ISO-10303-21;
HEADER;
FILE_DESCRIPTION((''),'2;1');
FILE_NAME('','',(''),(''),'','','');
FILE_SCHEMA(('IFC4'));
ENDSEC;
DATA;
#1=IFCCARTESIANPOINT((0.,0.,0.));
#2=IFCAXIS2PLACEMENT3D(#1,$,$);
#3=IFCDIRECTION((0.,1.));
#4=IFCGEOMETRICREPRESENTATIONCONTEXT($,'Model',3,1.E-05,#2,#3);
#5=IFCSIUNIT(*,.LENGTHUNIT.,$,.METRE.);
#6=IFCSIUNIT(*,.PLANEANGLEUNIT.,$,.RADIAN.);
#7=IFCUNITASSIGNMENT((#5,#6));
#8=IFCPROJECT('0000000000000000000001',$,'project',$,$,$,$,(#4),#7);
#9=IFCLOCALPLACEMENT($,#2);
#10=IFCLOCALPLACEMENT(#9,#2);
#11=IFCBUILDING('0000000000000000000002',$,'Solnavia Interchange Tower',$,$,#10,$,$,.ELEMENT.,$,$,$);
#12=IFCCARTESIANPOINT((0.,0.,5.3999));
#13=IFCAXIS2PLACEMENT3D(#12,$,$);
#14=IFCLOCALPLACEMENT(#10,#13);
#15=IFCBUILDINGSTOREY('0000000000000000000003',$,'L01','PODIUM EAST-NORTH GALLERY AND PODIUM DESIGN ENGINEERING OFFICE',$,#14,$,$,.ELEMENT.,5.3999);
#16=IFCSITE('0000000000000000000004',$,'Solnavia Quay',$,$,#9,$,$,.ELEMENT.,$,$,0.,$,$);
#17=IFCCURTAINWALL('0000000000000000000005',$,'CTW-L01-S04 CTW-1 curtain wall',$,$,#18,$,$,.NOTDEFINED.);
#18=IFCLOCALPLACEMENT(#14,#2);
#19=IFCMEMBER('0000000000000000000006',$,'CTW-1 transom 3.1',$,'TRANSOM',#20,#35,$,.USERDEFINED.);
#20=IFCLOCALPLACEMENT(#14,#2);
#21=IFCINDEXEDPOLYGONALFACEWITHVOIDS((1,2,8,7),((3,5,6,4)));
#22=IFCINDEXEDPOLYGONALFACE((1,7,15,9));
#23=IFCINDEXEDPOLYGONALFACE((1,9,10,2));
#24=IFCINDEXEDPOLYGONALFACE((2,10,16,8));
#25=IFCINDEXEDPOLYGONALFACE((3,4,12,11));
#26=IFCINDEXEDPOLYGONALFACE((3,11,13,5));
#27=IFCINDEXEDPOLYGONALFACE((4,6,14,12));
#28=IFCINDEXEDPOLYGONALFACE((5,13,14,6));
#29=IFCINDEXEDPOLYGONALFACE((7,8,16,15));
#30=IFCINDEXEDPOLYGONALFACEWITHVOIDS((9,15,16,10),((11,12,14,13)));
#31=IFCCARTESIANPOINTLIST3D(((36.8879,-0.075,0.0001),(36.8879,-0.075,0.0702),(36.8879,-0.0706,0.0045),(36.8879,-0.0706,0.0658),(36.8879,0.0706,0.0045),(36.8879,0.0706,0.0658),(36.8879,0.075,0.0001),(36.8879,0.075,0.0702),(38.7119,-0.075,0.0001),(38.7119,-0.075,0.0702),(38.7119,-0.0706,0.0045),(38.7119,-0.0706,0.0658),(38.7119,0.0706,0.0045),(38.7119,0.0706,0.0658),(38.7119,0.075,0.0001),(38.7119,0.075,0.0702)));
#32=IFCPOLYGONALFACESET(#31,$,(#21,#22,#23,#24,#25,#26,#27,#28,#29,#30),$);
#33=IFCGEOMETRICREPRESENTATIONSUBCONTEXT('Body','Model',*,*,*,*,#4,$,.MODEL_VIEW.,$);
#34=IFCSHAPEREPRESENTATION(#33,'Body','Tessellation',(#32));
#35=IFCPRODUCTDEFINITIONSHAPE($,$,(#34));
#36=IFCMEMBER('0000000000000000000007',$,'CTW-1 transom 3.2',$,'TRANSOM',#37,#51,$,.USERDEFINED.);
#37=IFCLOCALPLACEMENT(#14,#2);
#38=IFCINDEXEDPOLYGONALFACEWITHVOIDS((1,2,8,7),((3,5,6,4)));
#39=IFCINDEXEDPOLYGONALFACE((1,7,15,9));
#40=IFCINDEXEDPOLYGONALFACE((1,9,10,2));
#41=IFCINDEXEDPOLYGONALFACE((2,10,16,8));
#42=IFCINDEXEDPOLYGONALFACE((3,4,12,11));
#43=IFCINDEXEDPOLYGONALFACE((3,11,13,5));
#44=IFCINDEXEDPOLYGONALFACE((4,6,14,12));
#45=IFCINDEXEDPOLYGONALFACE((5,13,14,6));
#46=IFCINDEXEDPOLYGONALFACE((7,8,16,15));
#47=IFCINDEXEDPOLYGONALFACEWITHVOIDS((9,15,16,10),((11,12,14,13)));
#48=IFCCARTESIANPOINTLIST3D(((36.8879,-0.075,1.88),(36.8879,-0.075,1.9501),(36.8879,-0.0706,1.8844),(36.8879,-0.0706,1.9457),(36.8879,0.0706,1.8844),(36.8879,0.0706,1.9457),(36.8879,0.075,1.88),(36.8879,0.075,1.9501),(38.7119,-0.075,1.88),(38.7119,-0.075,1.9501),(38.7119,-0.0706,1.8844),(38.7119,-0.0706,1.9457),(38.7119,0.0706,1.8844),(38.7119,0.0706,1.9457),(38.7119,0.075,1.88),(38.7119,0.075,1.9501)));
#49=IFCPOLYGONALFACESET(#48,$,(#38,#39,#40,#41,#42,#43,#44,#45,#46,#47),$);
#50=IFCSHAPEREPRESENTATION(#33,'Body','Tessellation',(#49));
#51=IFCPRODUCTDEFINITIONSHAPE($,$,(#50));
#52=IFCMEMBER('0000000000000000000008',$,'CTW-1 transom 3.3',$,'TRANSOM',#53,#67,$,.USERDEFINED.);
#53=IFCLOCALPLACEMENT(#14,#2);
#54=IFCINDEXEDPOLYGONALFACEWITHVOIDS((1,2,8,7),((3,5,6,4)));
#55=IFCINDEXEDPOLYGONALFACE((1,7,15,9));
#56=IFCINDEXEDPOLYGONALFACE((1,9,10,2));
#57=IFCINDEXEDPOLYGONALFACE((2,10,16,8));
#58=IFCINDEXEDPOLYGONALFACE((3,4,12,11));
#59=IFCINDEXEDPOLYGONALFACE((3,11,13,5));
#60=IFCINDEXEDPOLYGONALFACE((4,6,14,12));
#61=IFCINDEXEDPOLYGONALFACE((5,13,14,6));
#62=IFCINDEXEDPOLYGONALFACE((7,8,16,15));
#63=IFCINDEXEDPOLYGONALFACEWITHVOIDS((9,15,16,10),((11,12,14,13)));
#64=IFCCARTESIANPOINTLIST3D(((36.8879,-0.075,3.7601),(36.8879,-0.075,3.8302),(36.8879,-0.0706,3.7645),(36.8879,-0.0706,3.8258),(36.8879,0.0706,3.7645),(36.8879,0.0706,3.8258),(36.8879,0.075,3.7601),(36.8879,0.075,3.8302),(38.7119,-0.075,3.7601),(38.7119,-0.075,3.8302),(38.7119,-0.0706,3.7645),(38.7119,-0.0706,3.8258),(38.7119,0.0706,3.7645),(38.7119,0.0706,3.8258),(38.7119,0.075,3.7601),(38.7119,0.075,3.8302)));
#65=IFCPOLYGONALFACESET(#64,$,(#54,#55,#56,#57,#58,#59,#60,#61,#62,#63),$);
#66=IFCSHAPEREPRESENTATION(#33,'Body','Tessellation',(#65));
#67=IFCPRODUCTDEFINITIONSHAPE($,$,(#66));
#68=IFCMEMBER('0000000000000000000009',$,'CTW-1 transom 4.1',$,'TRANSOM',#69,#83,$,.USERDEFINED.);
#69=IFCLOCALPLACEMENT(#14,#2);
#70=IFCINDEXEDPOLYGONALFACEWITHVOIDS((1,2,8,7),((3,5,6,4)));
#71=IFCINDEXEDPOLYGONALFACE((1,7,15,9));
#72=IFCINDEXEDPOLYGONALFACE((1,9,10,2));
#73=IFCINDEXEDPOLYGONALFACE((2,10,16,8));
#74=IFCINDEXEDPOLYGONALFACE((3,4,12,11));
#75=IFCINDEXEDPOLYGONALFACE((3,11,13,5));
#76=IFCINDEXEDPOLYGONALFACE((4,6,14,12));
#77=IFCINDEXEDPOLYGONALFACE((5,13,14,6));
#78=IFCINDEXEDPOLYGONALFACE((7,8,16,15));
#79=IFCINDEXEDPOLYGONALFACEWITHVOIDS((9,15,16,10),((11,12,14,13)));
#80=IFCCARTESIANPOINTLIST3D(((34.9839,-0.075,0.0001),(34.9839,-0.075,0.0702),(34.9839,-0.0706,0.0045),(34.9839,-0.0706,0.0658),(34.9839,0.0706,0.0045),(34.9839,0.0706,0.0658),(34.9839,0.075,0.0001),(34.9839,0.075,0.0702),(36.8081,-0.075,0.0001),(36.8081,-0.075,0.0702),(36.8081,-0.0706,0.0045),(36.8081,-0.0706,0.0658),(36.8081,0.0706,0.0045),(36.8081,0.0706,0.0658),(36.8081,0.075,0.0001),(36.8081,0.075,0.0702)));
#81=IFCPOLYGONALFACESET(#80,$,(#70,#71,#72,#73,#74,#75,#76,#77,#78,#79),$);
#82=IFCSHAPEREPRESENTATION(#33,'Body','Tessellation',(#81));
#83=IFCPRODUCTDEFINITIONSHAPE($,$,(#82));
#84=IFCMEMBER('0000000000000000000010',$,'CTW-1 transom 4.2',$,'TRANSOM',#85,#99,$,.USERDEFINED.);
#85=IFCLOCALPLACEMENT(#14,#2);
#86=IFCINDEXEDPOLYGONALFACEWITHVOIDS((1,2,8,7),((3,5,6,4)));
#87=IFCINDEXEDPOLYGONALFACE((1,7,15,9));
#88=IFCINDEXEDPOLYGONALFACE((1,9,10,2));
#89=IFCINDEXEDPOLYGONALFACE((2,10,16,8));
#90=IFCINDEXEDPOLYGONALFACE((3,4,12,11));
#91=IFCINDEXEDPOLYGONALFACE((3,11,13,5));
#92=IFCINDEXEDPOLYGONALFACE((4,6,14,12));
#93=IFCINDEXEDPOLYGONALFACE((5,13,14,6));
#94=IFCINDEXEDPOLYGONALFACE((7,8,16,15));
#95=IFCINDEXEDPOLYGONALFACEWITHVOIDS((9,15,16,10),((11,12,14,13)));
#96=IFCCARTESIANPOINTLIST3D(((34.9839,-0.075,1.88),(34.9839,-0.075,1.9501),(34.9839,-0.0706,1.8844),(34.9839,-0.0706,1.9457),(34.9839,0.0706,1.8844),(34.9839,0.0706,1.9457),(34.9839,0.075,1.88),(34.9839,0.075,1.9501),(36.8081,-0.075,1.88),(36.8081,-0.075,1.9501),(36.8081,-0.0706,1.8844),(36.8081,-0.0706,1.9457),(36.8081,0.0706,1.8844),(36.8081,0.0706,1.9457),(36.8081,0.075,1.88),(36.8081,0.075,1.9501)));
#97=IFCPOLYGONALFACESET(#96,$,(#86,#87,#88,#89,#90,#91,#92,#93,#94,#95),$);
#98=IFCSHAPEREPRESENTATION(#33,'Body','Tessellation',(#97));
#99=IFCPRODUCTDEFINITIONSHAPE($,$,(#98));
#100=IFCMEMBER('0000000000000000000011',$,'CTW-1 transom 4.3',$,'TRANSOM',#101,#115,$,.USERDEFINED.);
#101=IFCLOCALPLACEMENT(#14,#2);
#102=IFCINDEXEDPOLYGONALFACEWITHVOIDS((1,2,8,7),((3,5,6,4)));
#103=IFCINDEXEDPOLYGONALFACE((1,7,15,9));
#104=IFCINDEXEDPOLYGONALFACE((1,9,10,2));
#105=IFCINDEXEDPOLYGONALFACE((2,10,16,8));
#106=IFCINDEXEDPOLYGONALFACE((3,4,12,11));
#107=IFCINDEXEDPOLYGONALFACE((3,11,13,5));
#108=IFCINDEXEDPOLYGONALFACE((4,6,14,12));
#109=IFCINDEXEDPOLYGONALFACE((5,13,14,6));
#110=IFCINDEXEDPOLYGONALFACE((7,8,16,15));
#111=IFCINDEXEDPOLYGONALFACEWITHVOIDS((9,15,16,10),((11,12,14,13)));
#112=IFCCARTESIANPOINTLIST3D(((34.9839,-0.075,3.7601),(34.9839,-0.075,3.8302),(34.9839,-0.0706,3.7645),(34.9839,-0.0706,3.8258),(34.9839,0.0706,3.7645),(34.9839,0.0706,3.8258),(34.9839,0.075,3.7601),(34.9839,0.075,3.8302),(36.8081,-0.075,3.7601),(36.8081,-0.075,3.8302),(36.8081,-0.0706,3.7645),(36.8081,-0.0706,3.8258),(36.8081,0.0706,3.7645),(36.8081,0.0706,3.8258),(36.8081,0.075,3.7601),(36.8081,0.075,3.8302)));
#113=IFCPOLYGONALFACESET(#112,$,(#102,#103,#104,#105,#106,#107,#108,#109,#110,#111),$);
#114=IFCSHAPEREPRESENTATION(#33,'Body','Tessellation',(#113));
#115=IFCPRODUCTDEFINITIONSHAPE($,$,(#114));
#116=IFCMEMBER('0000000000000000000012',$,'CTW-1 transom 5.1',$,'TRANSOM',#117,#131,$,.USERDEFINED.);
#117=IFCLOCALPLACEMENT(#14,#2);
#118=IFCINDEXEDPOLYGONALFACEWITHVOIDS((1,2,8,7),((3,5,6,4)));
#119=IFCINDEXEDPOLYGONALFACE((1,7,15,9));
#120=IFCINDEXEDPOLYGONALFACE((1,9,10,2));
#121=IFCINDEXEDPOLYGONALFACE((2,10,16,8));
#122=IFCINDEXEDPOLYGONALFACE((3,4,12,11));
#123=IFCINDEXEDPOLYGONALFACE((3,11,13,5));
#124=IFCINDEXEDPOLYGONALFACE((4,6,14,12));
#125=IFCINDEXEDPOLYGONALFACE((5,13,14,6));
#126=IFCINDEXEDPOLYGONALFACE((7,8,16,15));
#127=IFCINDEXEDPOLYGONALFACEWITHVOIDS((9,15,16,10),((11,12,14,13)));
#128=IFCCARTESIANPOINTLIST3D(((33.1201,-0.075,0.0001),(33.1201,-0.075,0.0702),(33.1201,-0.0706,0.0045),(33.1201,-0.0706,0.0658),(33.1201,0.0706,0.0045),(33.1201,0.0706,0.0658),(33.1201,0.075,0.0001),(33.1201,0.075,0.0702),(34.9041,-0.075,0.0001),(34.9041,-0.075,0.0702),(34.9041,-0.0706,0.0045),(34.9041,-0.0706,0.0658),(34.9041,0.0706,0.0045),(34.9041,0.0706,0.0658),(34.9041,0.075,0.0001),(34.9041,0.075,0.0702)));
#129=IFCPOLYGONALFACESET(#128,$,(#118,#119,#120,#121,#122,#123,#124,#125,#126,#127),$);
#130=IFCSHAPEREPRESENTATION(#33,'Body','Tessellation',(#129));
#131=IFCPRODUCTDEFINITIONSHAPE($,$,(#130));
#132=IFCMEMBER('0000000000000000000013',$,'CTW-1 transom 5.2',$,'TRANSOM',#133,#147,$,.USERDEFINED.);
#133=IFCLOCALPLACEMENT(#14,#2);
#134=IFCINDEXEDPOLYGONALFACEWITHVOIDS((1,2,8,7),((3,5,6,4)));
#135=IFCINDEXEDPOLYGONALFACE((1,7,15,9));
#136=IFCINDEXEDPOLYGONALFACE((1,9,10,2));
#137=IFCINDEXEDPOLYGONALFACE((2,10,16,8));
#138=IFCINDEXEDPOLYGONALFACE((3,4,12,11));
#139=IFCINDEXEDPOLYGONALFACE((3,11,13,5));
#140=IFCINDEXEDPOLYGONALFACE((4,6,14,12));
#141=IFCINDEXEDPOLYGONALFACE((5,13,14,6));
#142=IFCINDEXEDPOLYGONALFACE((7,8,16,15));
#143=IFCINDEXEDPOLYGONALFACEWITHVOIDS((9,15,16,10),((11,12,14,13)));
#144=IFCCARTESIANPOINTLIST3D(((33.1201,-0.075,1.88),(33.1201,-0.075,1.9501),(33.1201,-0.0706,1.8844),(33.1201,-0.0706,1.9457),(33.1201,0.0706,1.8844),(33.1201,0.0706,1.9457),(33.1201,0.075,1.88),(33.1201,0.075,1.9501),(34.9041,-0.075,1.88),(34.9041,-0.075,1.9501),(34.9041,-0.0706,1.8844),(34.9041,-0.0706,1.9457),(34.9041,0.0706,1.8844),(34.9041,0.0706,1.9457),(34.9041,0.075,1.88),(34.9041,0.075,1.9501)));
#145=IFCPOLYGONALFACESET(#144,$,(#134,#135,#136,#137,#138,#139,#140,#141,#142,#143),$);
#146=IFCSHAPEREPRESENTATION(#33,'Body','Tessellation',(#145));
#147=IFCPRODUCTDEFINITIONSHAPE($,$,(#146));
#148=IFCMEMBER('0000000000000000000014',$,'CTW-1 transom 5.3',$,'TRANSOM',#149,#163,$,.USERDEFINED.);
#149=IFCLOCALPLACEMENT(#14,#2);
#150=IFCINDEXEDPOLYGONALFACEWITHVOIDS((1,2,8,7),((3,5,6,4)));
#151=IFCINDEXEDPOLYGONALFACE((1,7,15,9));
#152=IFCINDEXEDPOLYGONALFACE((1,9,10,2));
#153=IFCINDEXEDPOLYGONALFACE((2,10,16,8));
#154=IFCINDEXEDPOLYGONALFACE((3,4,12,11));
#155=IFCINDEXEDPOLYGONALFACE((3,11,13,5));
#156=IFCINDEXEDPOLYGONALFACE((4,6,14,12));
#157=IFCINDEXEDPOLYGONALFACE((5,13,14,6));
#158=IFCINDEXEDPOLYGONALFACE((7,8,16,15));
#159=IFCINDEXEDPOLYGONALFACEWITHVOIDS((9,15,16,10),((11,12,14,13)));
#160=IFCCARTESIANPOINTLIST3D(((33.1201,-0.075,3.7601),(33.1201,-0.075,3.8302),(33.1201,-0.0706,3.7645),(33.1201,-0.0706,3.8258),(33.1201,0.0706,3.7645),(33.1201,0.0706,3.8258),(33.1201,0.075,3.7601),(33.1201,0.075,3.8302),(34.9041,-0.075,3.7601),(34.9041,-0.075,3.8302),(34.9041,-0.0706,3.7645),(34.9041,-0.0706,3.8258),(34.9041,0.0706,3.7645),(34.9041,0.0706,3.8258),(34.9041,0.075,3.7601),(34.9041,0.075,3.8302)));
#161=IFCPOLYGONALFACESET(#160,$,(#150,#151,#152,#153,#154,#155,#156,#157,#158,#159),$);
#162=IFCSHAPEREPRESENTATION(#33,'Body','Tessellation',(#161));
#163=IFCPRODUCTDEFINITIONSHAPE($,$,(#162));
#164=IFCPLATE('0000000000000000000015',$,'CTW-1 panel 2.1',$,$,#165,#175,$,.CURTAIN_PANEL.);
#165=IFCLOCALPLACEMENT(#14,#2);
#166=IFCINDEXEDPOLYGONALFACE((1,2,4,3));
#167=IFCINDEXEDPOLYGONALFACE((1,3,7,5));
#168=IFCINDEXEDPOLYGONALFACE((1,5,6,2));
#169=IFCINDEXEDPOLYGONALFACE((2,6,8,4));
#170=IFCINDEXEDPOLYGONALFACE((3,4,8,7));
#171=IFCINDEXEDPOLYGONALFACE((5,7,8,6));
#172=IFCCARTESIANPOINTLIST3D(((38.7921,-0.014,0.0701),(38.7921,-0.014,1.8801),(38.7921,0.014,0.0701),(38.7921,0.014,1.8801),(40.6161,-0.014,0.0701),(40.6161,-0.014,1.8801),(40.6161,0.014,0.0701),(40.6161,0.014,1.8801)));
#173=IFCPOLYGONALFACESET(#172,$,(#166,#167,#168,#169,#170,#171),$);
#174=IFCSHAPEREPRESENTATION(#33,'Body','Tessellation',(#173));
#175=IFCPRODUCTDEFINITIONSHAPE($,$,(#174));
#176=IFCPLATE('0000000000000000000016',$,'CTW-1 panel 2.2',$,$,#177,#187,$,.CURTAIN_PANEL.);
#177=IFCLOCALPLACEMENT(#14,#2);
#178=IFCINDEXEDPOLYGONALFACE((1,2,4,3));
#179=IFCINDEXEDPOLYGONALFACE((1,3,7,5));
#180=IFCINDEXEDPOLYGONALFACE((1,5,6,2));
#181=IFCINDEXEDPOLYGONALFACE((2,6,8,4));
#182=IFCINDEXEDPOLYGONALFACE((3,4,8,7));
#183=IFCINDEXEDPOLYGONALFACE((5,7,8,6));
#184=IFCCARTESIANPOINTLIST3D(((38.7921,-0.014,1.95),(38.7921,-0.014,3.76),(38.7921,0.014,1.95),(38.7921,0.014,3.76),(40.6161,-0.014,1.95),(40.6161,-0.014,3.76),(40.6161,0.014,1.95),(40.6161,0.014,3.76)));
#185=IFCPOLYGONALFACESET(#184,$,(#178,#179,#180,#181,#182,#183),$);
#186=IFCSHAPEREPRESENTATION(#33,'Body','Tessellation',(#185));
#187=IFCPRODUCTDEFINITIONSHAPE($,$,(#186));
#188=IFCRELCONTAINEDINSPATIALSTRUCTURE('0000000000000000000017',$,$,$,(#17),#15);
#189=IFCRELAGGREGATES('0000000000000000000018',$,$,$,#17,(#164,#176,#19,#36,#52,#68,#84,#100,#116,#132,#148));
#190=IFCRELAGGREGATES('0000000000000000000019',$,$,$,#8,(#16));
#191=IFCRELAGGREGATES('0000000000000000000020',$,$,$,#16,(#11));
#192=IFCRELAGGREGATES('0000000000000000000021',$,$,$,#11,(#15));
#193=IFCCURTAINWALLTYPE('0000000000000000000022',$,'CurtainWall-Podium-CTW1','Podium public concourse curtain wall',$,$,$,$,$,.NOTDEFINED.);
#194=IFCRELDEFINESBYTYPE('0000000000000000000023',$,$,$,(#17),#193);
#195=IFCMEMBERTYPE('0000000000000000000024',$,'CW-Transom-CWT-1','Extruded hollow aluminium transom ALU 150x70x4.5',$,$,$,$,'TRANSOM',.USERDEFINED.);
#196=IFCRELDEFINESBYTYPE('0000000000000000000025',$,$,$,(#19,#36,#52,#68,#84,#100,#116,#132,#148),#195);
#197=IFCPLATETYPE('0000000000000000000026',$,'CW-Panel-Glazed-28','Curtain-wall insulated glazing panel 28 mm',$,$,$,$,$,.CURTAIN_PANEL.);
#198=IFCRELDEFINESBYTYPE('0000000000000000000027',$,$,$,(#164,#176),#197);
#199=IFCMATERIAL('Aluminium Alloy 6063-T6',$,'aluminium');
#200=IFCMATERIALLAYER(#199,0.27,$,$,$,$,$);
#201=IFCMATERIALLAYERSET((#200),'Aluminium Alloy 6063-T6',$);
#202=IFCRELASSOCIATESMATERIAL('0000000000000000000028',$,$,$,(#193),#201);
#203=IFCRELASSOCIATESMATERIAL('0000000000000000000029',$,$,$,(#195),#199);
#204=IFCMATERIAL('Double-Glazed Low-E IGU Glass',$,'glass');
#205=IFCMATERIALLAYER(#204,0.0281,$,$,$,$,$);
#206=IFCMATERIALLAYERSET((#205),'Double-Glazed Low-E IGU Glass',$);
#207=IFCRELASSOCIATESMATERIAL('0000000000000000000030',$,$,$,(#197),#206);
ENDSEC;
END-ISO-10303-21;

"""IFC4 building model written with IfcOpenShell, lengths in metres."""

from ifc_helpers import new_model, si_unit, direction, frame, origin, origin_2d, place, context, subcontext, project, spatial, rectangle, hollow_rectangle, extrude, material, layer, layer_set, material_profile, profile_set, type_object, element, aggregate, save


model = new_model("IFC4")

# Units and contexts
model_context = context("Model", 3, precision=1e-05, world=origin(), true_north=direction((0.0, 1.0)))
body_context = subcontext(model_context, "Body", "Model", "MODEL_VIEW")
ifc_project = project(units=[si_unit("LENGTHUNIT", "METRE"), si_unit("PLANEANGLEUNIT", "RADIAN")], contexts=[model_context])

# Site, building, storey
site_placement = place(None, origin())
site = spatial("IfcSite", under=ifc_project, at=site_placement, Name="Solnavia Quay", CompositionType="ELEMENT", RefElevation=0.0)
building_placement = place(site_placement, origin())
building = spatial("IfcBuilding", under=site, at=building_placement, Name="Solnavia Interchange Tower", CompositionType="ELEMENT")
storey_placement = place(building_placement, frame((0.0, 0.0, 5.3999)))
storey = spatial("IfcBuildingStorey", under=building, at=storey_placement, Name="L01", Description="PODIUM EAST-NORTH GALLERY AND PODIUM DESIGN ENGINEERING OFFICE", CompositionType="ELEMENT", Elevation=5.3999)

# Curtain wall, members, plates
ifc_material_1 = material(Name="Aluminium Alloy 6063-T6", Category="aluminium")
ifc_layer_1 = layer(ifc_material_1, 0.27)
ifc_layer_set_1 = layer_set([ifc_layer_1], Name="Aluminium Alloy 6063-T6")
curtain_wall_type = type_object("IfcCurtainWallType", Name="CurtainWall-Podium-CTW1", Description="Podium public concourse curtain wall", PredefinedType="NOTDEFINED", material=ifc_layer_set_1)
curtain_wall_placement = place(storey_placement, origin())
curtain_wall = element("IfcCurtainWall", 1, at=curtain_wall_placement, inside=storey, type_object=curtain_wall_type, Name="CTW-L01-S04 CTW-1 curtain wall", PredefinedType="NOTDEFINED")
ifc_material_profile_1 = material_profile(ifc_material_1, hollow_rectangle(XDim=0.0701, YDim=0.1499, WallThickness=0.0044, at=origin_2d()), Name="ALU 150x70x4.5")
ifc_profile_set_1 = profile_set([ifc_material_profile_1], Name="Aluminium Alloy 6063-T6")
member_type_1 = type_object("IfcMemberType", Name="CW-Transom-CWT-1", Description="Extruded hollow aluminium transom ALU 150x70x4.5", ElementType="TRANSOM", PredefinedType="USERDEFINED", material=ifc_profile_set_1)
member_1_placement = place(storey_placement, frame((38.7119, 0.0, 0.0352), z_axis=(-1.0, 0.0, 0.0), x_axis=(0.0, 0.0, 1.0)))
member_1 = element("IfcMember", 2, at=member_1_placement, type_object=member_type_1, Name="CTW-1 transom 3.1", ObjectType="TRANSOM", PredefinedType="USERDEFINED", context=body_context, shape_type="SweptSolid", body=[
    extrude(hollow_rectangle(XDim=0.0701, YDim=0.1499, WallThickness=0.0044, at=origin_2d()), origin(), (0.0, 0.0, 1.0), 1.824),
])
member_2_placement = place(storey_placement, frame((38.7119, 0.0, 1.915), z_axis=(-1.0, 0.0, 0.0), x_axis=(0.0, 0.0, 1.0)))
member_2 = element("IfcMember", 3, at=member_2_placement, type_object=member_type_1, Name="CTW-1 transom 3.2", ObjectType="TRANSOM", PredefinedType="USERDEFINED", context=body_context, shape_type="SweptSolid", body=[
    extrude(hollow_rectangle(XDim=0.0701, YDim=0.1499, WallThickness=0.0044, at=origin_2d()), origin(), (0.0, 0.0, 1.0), 1.824),
])
member_3_placement = place(storey_placement, frame((38.7119, 0.0, 3.7952), z_axis=(-1.0, 0.0, 0.0), x_axis=(0.0, 0.0, 1.0)))
member_3 = element("IfcMember", 4, at=member_3_placement, type_object=member_type_1, Name="CTW-1 transom 3.3", ObjectType="TRANSOM", PredefinedType="USERDEFINED", context=body_context, shape_type="SweptSolid", body=[
    extrude(hollow_rectangle(XDim=0.0701, YDim=0.1499, WallThickness=0.0044, at=origin_2d()), origin(), (0.0, 0.0, 1.0), 1.824),
])
member_4_placement = place(storey_placement, frame((36.8081, 0.0, 0.0352), z_axis=(-1.0, 0.0, 0.0), x_axis=(0.0, 0.0, 1.0)))
member_4 = element("IfcMember", 5, at=member_4_placement, type_object=member_type_1, Name="CTW-1 transom 4.1", ObjectType="TRANSOM", PredefinedType="USERDEFINED", context=body_context, shape_type="SweptSolid", body=[
    extrude(hollow_rectangle(XDim=0.0701, YDim=0.1499, WallThickness=0.0044, at=origin_2d()), origin(), (0.0, 0.0, 1.0), 1.8242),
])
member_5_placement = place(storey_placement, frame((36.8081, 0.0, 1.915), z_axis=(-1.0, 0.0, 0.0), x_axis=(0.0, 0.0, 1.0)))
member_5 = element("IfcMember", 6, at=member_5_placement, type_object=member_type_1, Name="CTW-1 transom 4.2", ObjectType="TRANSOM", PredefinedType="USERDEFINED", context=body_context, shape_type="SweptSolid", body=[
    extrude(hollow_rectangle(XDim=0.0701, YDim=0.1499, WallThickness=0.0044, at=origin_2d()), origin(), (0.0, 0.0, 1.0), 1.8242),
])
member_6_placement = place(storey_placement, frame((36.8081, 0.0, 3.7952), z_axis=(-1.0, 0.0, 0.0), x_axis=(0.0, 0.0, 1.0)))
member_6 = element("IfcMember", 7, at=member_6_placement, type_object=member_type_1, Name="CTW-1 transom 4.3", ObjectType="TRANSOM", PredefinedType="USERDEFINED", context=body_context, shape_type="SweptSolid", body=[
    extrude(hollow_rectangle(XDim=0.0701, YDim=0.1499, WallThickness=0.0044, at=origin_2d()), origin(), (0.0, 0.0, 1.0), 1.8242),
])
member_7_placement = place(storey_placement, frame((34.9041, 0.0, 0.0352), z_axis=(-1.0, 0.0, 0.0), x_axis=(0.0, 0.0, 1.0)))
member_7 = element("IfcMember", 8, at=member_7_placement, type_object=member_type_1, Name="CTW-1 transom 5.1", ObjectType="TRANSOM", PredefinedType="USERDEFINED", context=body_context, shape_type="SweptSolid", body=[
    extrude(hollow_rectangle(XDim=0.0701, YDim=0.1499, WallThickness=0.0044, at=origin_2d()), origin(), (0.0, 0.0, 1.0), 1.7839),
])
member_8_placement = place(storey_placement, frame((34.9041, 0.0, 1.915), z_axis=(-1.0, 0.0, 0.0), x_axis=(0.0, 0.0, 1.0)))
member_8 = element("IfcMember", 9, at=member_8_placement, type_object=member_type_1, Name="CTW-1 transom 5.2", ObjectType="TRANSOM", PredefinedType="USERDEFINED", context=body_context, shape_type="SweptSolid", body=[
    extrude(hollow_rectangle(XDim=0.0701, YDim=0.1499, WallThickness=0.0044, at=origin_2d()), origin(), (0.0, 0.0, 1.0), 1.7839),
])
member_9_placement = place(storey_placement, frame((34.9041, 0.0, 3.7952), z_axis=(-1.0, 0.0, 0.0), x_axis=(0.0, 0.0, 1.0)))
member_9 = element("IfcMember", 10, at=member_9_placement, type_object=member_type_1, Name="CTW-1 transom 5.3", ObjectType="TRANSOM", PredefinedType="USERDEFINED", context=body_context, shape_type="SweptSolid", body=[
    extrude(hollow_rectangle(XDim=0.0701, YDim=0.1499, WallThickness=0.0044, at=origin_2d()), origin(), (0.0, 0.0, 1.0), 1.7839),
])
ifc_material_2 = material(Name="Double-Glazed Low-E IGU Glass", Category="glass")
ifc_layer_2 = layer(ifc_material_2, 0.0281)
ifc_layer_set_2 = layer_set([ifc_layer_2], Name="Double-Glazed Low-E IGU Glass")
plate_type = type_object("IfcPlateType", Name="CW-Panel-Glazed-28", Description="Curtain-wall insulated glazing panel 28 mm", PredefinedType="CURTAIN_PANEL", material=ifc_layer_set_2)
plate_1_placement = place(storey_placement, frame((39.7041, 0.0, 0.0701), z_axis=(0.0, 0.0, 1.0), x_axis=(-1.0, 0.0, 0.0)))
plate_1 = element("IfcPlate", 11, at=plate_1_placement, type_object=plate_type, Name="CTW-1 panel 2.1", PredefinedType="CURTAIN_PANEL", context=body_context, shape_type="SweptSolid", body=[
    extrude(rectangle(XDim=1.824, YDim=0.0281, at=origin_2d()), origin(), (0.0, 0.0, 1.0), 1.8101),
])
plate_2_placement = place(storey_placement, frame((39.7041, 0.0, 1.95), z_axis=(0.0, 0.0, 1.0), x_axis=(-1.0, 0.0, 0.0)))
plate_2 = element("IfcPlate", 12, at=plate_2_placement, type_object=plate_type, Name="CTW-1 panel 2.2", PredefinedType="CURTAIN_PANEL", context=body_context, shape_type="SweptSolid", body=[
    extrude(rectangle(XDim=1.824, YDim=0.0281, at=origin_2d()), origin(), (0.0, 0.0, 1.0), 1.8101),
])
aggregate(curtain_wall, [plate_1, plate_2, member_1, member_2, member_3, member_4, member_5, member_6, member_7, member_8, member_9])

save(model, "model.ifc")
